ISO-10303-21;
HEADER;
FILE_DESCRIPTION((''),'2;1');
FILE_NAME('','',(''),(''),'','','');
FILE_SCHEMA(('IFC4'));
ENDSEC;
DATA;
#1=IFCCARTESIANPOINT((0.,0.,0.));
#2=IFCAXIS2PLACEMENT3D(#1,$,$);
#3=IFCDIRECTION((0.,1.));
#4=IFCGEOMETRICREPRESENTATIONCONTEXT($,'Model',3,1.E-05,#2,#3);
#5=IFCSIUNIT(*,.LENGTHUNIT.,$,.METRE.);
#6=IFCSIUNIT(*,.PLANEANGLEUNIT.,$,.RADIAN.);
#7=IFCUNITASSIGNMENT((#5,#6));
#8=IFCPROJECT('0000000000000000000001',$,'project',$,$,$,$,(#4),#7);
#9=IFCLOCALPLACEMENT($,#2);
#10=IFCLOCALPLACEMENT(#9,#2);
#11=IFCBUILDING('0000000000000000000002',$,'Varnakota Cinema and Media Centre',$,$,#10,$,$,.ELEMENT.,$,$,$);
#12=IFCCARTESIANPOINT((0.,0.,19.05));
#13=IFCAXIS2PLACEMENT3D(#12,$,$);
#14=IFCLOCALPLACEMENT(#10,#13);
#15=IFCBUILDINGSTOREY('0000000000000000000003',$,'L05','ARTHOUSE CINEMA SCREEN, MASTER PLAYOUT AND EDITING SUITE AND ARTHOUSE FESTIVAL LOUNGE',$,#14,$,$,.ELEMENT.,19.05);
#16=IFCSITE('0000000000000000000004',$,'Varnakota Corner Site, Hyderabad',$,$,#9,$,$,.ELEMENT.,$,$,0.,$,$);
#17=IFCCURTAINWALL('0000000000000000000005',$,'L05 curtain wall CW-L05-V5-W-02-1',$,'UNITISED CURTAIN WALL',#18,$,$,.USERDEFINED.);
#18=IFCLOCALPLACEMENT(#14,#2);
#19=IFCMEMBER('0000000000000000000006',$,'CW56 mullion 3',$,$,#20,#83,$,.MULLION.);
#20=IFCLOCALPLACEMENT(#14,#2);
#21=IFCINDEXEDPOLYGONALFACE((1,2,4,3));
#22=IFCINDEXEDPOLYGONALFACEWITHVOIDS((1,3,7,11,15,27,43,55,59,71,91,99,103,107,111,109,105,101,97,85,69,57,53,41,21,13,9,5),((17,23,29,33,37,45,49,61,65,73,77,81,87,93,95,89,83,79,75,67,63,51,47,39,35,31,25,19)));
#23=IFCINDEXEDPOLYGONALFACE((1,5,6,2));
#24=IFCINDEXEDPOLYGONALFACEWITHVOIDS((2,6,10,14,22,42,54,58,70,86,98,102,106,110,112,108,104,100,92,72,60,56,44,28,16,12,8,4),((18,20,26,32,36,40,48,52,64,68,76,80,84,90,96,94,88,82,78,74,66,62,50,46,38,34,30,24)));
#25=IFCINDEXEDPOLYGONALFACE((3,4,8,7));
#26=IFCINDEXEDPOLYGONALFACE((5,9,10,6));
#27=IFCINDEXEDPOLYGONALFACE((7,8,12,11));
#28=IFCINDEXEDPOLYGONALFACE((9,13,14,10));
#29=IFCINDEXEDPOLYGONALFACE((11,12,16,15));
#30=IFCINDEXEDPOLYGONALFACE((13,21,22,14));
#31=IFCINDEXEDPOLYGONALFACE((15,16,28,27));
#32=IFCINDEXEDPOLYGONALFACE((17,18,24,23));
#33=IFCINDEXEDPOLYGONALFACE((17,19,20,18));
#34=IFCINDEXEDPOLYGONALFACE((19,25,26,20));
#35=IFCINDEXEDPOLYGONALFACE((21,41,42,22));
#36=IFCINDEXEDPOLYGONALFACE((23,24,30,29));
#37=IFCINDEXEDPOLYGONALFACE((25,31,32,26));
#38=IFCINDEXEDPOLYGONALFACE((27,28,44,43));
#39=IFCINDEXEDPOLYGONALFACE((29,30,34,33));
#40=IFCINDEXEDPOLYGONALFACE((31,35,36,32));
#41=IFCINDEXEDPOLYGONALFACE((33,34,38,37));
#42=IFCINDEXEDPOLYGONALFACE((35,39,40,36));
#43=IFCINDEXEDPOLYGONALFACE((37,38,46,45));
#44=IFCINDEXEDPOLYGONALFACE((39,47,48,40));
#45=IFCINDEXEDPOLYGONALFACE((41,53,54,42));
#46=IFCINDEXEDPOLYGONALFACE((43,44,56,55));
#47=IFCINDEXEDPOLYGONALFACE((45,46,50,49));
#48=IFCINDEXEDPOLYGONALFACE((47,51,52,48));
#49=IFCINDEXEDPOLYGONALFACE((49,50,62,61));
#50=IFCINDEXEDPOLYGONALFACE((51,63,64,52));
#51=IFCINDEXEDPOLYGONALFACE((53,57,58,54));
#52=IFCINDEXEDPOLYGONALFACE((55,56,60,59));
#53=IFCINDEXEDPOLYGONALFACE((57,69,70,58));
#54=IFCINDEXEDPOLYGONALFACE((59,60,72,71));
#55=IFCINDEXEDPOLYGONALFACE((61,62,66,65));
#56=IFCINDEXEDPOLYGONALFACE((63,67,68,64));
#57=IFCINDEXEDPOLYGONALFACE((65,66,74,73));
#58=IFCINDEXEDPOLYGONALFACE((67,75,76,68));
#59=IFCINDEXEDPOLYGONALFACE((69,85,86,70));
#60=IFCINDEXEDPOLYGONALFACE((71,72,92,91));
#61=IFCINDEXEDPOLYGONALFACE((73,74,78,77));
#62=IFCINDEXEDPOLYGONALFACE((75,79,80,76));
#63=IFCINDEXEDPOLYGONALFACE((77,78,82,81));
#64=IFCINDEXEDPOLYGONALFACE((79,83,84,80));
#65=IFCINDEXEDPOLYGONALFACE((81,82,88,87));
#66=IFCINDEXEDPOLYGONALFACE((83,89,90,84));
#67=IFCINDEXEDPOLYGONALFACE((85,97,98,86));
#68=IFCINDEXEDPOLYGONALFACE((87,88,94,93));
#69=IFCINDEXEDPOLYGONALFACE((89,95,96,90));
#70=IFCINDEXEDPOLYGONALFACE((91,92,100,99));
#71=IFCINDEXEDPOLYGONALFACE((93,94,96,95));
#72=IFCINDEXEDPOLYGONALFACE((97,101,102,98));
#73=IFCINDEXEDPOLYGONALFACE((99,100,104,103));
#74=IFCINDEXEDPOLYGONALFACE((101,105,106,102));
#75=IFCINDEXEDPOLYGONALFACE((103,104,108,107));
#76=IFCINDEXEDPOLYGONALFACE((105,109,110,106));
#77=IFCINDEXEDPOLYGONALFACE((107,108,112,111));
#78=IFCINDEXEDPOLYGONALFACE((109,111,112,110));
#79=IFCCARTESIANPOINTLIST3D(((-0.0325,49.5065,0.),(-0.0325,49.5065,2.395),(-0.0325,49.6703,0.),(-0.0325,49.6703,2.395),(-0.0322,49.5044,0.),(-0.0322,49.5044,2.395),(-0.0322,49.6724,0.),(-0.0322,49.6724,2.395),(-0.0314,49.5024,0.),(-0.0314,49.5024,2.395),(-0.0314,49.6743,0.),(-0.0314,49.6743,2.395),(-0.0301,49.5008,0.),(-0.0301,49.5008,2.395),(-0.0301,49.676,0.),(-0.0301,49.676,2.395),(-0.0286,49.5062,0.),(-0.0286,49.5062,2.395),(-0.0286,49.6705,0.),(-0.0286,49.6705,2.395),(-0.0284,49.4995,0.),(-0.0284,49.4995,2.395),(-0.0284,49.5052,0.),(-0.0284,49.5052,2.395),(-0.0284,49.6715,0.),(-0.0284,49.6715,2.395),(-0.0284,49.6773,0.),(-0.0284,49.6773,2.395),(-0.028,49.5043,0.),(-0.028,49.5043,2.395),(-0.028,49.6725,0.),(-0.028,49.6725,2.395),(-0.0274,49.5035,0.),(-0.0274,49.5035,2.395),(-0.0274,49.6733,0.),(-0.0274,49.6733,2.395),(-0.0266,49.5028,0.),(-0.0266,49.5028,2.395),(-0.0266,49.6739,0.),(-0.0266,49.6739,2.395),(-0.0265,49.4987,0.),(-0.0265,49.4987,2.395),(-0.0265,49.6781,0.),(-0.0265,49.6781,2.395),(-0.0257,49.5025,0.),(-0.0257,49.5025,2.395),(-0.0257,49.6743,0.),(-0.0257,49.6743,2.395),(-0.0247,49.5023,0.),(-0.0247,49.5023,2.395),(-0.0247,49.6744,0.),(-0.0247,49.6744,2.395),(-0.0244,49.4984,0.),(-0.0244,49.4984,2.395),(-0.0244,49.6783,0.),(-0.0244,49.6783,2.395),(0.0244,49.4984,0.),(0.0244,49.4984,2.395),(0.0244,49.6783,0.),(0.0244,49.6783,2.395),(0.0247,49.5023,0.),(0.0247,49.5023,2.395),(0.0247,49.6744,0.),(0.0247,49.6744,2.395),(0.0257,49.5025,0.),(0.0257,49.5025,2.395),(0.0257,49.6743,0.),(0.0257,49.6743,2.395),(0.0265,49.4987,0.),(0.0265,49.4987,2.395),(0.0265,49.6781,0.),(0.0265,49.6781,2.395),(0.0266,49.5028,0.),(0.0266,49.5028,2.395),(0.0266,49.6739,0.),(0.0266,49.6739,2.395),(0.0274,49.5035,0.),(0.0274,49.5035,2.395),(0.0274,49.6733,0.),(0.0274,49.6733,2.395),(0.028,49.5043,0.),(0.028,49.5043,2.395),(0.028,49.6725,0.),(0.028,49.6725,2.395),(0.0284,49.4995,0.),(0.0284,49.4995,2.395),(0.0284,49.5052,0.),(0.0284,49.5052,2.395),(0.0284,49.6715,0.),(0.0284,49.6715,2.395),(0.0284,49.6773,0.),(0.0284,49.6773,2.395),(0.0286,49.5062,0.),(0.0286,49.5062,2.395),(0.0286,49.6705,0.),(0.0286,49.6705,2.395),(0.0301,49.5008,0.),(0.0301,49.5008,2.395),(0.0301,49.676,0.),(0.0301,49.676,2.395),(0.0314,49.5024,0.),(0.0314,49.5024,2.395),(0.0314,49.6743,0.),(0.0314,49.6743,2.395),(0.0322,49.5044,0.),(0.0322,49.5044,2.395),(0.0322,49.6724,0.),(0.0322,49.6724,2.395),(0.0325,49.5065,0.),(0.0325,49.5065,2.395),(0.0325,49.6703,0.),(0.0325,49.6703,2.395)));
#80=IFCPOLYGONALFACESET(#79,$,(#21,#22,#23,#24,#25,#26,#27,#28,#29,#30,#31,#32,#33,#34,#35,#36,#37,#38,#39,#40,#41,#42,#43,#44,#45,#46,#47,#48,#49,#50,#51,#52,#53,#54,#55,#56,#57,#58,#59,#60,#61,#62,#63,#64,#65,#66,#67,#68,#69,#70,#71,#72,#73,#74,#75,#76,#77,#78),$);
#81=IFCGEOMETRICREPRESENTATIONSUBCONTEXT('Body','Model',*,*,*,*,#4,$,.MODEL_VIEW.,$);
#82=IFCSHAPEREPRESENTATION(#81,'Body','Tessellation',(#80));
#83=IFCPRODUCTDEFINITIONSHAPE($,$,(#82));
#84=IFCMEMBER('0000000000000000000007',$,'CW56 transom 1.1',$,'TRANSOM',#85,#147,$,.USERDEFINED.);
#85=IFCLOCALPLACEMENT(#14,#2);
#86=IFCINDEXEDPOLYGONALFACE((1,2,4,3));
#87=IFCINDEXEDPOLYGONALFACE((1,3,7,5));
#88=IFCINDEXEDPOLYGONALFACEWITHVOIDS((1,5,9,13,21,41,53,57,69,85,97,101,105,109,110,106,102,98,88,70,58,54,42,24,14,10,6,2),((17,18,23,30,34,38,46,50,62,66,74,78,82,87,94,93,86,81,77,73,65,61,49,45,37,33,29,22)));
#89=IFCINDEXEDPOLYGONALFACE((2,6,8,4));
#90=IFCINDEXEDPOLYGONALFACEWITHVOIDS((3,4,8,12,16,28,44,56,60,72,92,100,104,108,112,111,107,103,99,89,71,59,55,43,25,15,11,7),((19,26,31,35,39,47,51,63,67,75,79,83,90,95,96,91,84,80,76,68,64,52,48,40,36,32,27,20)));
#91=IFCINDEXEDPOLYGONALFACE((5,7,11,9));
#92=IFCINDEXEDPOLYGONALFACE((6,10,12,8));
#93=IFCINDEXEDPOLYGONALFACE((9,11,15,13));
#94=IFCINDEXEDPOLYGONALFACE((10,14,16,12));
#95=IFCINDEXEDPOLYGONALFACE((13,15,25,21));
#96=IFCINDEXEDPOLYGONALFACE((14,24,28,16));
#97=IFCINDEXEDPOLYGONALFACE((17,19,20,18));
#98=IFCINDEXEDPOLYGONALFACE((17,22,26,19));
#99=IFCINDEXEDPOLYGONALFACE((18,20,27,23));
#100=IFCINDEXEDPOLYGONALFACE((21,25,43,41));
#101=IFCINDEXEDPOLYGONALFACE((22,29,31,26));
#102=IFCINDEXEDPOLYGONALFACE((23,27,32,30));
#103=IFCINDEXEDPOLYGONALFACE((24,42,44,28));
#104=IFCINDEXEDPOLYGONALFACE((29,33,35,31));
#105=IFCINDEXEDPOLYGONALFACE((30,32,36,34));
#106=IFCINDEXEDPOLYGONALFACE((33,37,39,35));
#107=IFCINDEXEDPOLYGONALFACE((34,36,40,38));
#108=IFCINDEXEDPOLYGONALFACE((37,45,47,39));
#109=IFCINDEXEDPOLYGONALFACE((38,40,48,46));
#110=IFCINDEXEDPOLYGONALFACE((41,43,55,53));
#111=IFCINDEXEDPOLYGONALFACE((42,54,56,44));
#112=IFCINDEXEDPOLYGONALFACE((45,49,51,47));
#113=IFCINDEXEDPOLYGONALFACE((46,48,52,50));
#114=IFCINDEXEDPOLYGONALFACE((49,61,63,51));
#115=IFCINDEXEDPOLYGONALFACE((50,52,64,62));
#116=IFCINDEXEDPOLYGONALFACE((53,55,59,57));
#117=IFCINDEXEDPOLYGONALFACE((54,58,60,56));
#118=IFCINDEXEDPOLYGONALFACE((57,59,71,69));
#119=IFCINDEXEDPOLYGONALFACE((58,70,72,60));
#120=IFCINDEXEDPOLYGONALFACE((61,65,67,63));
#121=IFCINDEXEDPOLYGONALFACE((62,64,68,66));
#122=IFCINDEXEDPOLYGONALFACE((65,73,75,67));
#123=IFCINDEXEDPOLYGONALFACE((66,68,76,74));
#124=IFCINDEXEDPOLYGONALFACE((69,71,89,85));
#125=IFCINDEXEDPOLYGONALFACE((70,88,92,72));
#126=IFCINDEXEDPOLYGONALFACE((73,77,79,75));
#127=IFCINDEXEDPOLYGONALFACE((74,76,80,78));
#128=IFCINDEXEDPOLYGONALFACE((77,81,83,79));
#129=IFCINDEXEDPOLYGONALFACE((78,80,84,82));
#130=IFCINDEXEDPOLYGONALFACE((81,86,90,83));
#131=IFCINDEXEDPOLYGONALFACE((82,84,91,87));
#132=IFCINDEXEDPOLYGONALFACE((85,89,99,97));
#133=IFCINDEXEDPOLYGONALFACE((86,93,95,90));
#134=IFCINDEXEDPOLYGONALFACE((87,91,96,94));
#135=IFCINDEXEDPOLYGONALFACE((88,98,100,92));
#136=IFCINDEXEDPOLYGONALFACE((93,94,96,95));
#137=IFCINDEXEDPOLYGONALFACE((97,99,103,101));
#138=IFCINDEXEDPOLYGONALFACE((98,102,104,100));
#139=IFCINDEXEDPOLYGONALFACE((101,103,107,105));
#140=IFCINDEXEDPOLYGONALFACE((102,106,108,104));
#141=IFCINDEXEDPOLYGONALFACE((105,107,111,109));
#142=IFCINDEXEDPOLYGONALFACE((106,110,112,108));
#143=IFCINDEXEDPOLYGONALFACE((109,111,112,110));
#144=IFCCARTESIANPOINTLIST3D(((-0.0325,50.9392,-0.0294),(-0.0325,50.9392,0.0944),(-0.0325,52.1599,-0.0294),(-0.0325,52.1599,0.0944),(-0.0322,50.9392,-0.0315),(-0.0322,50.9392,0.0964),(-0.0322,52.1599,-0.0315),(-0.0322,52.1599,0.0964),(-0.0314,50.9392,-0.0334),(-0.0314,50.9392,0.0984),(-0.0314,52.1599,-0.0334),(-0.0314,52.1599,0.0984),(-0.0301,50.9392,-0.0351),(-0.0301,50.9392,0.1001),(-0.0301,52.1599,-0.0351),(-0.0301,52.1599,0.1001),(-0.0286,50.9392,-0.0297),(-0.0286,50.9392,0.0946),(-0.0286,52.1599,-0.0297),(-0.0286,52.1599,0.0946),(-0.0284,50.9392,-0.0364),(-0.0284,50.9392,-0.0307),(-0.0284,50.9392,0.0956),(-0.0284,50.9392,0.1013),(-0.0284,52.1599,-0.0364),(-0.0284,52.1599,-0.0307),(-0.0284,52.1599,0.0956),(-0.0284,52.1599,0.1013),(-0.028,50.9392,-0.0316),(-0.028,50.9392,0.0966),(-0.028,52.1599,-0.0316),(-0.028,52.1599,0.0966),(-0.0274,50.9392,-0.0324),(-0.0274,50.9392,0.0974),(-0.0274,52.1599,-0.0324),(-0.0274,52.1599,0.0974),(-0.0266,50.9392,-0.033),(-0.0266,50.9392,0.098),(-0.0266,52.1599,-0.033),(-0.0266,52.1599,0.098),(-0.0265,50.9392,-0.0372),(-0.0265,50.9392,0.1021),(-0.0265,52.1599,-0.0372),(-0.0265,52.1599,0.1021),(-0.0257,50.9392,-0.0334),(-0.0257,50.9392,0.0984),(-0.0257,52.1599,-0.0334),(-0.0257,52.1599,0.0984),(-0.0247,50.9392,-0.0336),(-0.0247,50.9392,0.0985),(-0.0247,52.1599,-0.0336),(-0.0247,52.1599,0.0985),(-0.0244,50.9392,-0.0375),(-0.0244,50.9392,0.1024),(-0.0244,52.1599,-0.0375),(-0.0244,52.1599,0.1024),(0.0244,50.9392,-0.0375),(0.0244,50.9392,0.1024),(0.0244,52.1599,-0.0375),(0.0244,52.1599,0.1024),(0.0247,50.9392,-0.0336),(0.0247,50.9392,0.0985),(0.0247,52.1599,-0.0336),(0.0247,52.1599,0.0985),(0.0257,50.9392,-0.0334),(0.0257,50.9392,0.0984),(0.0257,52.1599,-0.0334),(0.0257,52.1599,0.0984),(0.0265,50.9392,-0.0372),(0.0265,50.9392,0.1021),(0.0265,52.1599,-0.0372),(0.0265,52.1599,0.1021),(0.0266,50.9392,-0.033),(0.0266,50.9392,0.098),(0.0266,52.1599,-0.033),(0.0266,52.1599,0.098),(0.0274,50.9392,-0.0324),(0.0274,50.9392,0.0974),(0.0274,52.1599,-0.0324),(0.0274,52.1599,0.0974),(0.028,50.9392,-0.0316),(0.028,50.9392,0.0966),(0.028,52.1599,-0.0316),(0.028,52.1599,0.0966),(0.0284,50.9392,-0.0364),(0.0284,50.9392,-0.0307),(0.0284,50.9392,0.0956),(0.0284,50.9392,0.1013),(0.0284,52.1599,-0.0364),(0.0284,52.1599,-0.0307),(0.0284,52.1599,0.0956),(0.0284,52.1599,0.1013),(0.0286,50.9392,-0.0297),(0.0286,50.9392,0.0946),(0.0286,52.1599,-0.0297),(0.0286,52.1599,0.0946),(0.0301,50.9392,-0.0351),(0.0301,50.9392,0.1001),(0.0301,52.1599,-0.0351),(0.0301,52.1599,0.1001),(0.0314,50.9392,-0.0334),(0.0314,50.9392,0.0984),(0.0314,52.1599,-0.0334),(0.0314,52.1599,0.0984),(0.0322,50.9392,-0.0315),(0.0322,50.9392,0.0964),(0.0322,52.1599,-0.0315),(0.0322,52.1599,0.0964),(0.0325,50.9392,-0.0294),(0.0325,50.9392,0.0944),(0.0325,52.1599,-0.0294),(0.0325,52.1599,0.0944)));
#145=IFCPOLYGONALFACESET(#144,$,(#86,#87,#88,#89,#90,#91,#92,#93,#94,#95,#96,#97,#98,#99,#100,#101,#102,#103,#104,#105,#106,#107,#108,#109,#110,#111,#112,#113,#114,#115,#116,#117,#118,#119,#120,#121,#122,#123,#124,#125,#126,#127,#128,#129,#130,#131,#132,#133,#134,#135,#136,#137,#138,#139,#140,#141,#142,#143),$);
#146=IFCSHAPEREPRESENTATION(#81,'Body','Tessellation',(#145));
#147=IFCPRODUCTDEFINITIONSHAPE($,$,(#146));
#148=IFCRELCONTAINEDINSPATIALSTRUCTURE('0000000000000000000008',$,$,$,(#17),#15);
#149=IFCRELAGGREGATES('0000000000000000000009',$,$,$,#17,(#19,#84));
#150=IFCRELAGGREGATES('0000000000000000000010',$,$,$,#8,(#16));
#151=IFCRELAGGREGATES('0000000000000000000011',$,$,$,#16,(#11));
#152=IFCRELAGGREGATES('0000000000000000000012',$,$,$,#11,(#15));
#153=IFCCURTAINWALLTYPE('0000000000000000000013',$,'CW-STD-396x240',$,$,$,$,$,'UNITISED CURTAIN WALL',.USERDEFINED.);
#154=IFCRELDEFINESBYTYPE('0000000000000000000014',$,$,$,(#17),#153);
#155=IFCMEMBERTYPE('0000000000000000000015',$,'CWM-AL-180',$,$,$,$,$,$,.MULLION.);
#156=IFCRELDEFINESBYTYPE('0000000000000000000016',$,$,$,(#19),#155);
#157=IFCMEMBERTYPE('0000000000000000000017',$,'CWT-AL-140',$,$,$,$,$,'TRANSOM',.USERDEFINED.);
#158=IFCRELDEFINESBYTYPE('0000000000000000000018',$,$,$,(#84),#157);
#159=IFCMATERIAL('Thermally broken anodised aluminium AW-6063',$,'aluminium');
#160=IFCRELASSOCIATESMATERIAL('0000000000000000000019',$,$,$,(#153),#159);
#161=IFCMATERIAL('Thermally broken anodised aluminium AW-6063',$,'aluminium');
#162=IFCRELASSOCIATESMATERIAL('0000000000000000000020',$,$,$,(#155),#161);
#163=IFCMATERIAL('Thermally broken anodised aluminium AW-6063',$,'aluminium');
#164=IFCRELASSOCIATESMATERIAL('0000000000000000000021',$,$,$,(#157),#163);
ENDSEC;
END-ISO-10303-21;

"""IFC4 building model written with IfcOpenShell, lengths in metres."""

from ifc_helpers import new_model, si_unit, direction, frame, origin, origin_2d, place, context, subcontext, project, spatial, hollow_rectangle, extrude, material, material_profile, profile_set, type_object, element, aggregate, save


model = new_model("IFC4")

# Units and contexts
model_context = context("Model", 3, precision=1e-05, world=origin(), true_north=direction((0.0, 1.0)))
body_context = subcontext(model_context, "Body", "Model", "MODEL_VIEW")
ifc_project = project(units=[si_unit("LENGTHUNIT", "METRE"), si_unit("PLANEANGLEUNIT", "RADIAN")], contexts=[model_context])

# Site, building, storey
site_placement = place(None, origin())
site = spatial("IfcSite", under=ifc_project, at=site_placement, Name="Varnakota Corner Site, Hyderabad", CompositionType="ELEMENT", RefElevation=0.0)
building_placement = place(site_placement, origin())
building = spatial("IfcBuilding", under=site, at=building_placement, Name="Varnakota Cinema and Media Centre", CompositionType="ELEMENT")
storey_placement = place(building_placement, frame((0.0, 0.0, 19.05)))
storey = spatial("IfcBuildingStorey", under=building, at=storey_placement, Name="L05", Description="ARTHOUSE CINEMA SCREEN, MASTER PLAYOUT AND EDITING SUITE AND ARTHOUSE FESTIVAL LOUNGE", CompositionType="ELEMENT", Elevation=19.05)

# Curtain wall, members
ifc_material_1 = material(Name="Thermally broken anodised aluminium AW-6063", Category="aluminium")
curtain_wall_type = type_object("IfcCurtainWallType", Name="CW-STD-396x240", ElementType="UNITISED CURTAIN WALL", PredefinedType="USERDEFINED", material=ifc_material_1)
curtain_wall_placement = place(storey_placement, origin())
curtain_wall = element("IfcCurtainWall", 1, at=curtain_wall_placement, inside=storey, type_object=curtain_wall_type, Name="L05 curtain wall CW-L05-V5-W-02-1", ObjectType="UNITISED CURTAIN WALL", PredefinedType="USERDEFINED")
ifc_material_2 = material(Name="Thermally broken anodised aluminium AW-6063", Category="aluminium")
ifc_material_profile_1 = material_profile(ifc_material_2, hollow_rectangle(XDim=0.0649, YDim=0.1799, WallThickness=0.0039, InnerFilletRadius=0.0039, OuterFilletRadius=0.0081, at=origin_2d()), Name="AL-MULLION 180x65x4")
ifc_profile_set_1 = profile_set([ifc_material_profile_1], Name="Thermally broken anodised aluminium AW-6063")
member_type_1 = type_object("IfcMemberType", Name="CWM-AL-180", PredefinedType="MULLION", material=ifc_profile_set_1)
member_1_placement = place(storey_placement, frame((0.0, 49.5884, 0.0), z_axis=(0.0, 0.0, 1.0), x_axis=(1.0, 0.0, 0.0)))
member_1 = element("IfcMember", 2, at=member_1_placement, type_object=member_type_1, Name="CW56 mullion 3", PredefinedType="MULLION", context=body_context, shape_type="SweptSolid", body=[
    extrude(hollow_rectangle(XDim=0.0649, YDim=0.1799, WallThickness=0.0039, InnerFilletRadius=0.0039, OuterFilletRadius=0.0081, at=origin_2d()), origin(), (0.0, 0.0, 1.0), 2.395),
])
ifc_material_3 = material(Name="Thermally broken anodised aluminium AW-6063", Category="aluminium")
ifc_material_profile_2 = material_profile(ifc_material_3, hollow_rectangle(XDim=0.0649, YDim=0.1399, WallThickness=0.0039, InnerFilletRadius=0.0039, OuterFilletRadius=0.0081, at=origin_2d()), Name="AL-TRANSOM 140x65x4")
ifc_profile_set_2 = profile_set([ifc_material_profile_2], Name="Thermally broken anodised aluminium AW-6063")
member_type_2 = type_object("IfcMemberType", Name="CWT-AL-140", ElementType="TRANSOM", PredefinedType="USERDEFINED", material=ifc_profile_set_2)
member_2_placement = place(storey_placement, frame((0.0, 52.1599, 0.0325), z_axis=(0.0, -1.0, 0.0), x_axis=(1.0, 0.0, 0.0)))
member_2 = element("IfcMember", 3, at=member_2_placement, type_object=member_type_2, Name="CW56 transom 1.1", ObjectType="TRANSOM", PredefinedType="USERDEFINED", context=body_context, shape_type="SweptSolid", body=[
    extrude(hollow_rectangle(XDim=0.0649, YDim=0.1399, WallThickness=0.0039, InnerFilletRadius=0.0039, OuterFilletRadius=0.0081, at=origin_2d()), origin(), (0.0, 0.0, 1.0), 1.2207),
])
aggregate(curtain_wall, [member_1, member_2])

save(model, "model.ifc")
